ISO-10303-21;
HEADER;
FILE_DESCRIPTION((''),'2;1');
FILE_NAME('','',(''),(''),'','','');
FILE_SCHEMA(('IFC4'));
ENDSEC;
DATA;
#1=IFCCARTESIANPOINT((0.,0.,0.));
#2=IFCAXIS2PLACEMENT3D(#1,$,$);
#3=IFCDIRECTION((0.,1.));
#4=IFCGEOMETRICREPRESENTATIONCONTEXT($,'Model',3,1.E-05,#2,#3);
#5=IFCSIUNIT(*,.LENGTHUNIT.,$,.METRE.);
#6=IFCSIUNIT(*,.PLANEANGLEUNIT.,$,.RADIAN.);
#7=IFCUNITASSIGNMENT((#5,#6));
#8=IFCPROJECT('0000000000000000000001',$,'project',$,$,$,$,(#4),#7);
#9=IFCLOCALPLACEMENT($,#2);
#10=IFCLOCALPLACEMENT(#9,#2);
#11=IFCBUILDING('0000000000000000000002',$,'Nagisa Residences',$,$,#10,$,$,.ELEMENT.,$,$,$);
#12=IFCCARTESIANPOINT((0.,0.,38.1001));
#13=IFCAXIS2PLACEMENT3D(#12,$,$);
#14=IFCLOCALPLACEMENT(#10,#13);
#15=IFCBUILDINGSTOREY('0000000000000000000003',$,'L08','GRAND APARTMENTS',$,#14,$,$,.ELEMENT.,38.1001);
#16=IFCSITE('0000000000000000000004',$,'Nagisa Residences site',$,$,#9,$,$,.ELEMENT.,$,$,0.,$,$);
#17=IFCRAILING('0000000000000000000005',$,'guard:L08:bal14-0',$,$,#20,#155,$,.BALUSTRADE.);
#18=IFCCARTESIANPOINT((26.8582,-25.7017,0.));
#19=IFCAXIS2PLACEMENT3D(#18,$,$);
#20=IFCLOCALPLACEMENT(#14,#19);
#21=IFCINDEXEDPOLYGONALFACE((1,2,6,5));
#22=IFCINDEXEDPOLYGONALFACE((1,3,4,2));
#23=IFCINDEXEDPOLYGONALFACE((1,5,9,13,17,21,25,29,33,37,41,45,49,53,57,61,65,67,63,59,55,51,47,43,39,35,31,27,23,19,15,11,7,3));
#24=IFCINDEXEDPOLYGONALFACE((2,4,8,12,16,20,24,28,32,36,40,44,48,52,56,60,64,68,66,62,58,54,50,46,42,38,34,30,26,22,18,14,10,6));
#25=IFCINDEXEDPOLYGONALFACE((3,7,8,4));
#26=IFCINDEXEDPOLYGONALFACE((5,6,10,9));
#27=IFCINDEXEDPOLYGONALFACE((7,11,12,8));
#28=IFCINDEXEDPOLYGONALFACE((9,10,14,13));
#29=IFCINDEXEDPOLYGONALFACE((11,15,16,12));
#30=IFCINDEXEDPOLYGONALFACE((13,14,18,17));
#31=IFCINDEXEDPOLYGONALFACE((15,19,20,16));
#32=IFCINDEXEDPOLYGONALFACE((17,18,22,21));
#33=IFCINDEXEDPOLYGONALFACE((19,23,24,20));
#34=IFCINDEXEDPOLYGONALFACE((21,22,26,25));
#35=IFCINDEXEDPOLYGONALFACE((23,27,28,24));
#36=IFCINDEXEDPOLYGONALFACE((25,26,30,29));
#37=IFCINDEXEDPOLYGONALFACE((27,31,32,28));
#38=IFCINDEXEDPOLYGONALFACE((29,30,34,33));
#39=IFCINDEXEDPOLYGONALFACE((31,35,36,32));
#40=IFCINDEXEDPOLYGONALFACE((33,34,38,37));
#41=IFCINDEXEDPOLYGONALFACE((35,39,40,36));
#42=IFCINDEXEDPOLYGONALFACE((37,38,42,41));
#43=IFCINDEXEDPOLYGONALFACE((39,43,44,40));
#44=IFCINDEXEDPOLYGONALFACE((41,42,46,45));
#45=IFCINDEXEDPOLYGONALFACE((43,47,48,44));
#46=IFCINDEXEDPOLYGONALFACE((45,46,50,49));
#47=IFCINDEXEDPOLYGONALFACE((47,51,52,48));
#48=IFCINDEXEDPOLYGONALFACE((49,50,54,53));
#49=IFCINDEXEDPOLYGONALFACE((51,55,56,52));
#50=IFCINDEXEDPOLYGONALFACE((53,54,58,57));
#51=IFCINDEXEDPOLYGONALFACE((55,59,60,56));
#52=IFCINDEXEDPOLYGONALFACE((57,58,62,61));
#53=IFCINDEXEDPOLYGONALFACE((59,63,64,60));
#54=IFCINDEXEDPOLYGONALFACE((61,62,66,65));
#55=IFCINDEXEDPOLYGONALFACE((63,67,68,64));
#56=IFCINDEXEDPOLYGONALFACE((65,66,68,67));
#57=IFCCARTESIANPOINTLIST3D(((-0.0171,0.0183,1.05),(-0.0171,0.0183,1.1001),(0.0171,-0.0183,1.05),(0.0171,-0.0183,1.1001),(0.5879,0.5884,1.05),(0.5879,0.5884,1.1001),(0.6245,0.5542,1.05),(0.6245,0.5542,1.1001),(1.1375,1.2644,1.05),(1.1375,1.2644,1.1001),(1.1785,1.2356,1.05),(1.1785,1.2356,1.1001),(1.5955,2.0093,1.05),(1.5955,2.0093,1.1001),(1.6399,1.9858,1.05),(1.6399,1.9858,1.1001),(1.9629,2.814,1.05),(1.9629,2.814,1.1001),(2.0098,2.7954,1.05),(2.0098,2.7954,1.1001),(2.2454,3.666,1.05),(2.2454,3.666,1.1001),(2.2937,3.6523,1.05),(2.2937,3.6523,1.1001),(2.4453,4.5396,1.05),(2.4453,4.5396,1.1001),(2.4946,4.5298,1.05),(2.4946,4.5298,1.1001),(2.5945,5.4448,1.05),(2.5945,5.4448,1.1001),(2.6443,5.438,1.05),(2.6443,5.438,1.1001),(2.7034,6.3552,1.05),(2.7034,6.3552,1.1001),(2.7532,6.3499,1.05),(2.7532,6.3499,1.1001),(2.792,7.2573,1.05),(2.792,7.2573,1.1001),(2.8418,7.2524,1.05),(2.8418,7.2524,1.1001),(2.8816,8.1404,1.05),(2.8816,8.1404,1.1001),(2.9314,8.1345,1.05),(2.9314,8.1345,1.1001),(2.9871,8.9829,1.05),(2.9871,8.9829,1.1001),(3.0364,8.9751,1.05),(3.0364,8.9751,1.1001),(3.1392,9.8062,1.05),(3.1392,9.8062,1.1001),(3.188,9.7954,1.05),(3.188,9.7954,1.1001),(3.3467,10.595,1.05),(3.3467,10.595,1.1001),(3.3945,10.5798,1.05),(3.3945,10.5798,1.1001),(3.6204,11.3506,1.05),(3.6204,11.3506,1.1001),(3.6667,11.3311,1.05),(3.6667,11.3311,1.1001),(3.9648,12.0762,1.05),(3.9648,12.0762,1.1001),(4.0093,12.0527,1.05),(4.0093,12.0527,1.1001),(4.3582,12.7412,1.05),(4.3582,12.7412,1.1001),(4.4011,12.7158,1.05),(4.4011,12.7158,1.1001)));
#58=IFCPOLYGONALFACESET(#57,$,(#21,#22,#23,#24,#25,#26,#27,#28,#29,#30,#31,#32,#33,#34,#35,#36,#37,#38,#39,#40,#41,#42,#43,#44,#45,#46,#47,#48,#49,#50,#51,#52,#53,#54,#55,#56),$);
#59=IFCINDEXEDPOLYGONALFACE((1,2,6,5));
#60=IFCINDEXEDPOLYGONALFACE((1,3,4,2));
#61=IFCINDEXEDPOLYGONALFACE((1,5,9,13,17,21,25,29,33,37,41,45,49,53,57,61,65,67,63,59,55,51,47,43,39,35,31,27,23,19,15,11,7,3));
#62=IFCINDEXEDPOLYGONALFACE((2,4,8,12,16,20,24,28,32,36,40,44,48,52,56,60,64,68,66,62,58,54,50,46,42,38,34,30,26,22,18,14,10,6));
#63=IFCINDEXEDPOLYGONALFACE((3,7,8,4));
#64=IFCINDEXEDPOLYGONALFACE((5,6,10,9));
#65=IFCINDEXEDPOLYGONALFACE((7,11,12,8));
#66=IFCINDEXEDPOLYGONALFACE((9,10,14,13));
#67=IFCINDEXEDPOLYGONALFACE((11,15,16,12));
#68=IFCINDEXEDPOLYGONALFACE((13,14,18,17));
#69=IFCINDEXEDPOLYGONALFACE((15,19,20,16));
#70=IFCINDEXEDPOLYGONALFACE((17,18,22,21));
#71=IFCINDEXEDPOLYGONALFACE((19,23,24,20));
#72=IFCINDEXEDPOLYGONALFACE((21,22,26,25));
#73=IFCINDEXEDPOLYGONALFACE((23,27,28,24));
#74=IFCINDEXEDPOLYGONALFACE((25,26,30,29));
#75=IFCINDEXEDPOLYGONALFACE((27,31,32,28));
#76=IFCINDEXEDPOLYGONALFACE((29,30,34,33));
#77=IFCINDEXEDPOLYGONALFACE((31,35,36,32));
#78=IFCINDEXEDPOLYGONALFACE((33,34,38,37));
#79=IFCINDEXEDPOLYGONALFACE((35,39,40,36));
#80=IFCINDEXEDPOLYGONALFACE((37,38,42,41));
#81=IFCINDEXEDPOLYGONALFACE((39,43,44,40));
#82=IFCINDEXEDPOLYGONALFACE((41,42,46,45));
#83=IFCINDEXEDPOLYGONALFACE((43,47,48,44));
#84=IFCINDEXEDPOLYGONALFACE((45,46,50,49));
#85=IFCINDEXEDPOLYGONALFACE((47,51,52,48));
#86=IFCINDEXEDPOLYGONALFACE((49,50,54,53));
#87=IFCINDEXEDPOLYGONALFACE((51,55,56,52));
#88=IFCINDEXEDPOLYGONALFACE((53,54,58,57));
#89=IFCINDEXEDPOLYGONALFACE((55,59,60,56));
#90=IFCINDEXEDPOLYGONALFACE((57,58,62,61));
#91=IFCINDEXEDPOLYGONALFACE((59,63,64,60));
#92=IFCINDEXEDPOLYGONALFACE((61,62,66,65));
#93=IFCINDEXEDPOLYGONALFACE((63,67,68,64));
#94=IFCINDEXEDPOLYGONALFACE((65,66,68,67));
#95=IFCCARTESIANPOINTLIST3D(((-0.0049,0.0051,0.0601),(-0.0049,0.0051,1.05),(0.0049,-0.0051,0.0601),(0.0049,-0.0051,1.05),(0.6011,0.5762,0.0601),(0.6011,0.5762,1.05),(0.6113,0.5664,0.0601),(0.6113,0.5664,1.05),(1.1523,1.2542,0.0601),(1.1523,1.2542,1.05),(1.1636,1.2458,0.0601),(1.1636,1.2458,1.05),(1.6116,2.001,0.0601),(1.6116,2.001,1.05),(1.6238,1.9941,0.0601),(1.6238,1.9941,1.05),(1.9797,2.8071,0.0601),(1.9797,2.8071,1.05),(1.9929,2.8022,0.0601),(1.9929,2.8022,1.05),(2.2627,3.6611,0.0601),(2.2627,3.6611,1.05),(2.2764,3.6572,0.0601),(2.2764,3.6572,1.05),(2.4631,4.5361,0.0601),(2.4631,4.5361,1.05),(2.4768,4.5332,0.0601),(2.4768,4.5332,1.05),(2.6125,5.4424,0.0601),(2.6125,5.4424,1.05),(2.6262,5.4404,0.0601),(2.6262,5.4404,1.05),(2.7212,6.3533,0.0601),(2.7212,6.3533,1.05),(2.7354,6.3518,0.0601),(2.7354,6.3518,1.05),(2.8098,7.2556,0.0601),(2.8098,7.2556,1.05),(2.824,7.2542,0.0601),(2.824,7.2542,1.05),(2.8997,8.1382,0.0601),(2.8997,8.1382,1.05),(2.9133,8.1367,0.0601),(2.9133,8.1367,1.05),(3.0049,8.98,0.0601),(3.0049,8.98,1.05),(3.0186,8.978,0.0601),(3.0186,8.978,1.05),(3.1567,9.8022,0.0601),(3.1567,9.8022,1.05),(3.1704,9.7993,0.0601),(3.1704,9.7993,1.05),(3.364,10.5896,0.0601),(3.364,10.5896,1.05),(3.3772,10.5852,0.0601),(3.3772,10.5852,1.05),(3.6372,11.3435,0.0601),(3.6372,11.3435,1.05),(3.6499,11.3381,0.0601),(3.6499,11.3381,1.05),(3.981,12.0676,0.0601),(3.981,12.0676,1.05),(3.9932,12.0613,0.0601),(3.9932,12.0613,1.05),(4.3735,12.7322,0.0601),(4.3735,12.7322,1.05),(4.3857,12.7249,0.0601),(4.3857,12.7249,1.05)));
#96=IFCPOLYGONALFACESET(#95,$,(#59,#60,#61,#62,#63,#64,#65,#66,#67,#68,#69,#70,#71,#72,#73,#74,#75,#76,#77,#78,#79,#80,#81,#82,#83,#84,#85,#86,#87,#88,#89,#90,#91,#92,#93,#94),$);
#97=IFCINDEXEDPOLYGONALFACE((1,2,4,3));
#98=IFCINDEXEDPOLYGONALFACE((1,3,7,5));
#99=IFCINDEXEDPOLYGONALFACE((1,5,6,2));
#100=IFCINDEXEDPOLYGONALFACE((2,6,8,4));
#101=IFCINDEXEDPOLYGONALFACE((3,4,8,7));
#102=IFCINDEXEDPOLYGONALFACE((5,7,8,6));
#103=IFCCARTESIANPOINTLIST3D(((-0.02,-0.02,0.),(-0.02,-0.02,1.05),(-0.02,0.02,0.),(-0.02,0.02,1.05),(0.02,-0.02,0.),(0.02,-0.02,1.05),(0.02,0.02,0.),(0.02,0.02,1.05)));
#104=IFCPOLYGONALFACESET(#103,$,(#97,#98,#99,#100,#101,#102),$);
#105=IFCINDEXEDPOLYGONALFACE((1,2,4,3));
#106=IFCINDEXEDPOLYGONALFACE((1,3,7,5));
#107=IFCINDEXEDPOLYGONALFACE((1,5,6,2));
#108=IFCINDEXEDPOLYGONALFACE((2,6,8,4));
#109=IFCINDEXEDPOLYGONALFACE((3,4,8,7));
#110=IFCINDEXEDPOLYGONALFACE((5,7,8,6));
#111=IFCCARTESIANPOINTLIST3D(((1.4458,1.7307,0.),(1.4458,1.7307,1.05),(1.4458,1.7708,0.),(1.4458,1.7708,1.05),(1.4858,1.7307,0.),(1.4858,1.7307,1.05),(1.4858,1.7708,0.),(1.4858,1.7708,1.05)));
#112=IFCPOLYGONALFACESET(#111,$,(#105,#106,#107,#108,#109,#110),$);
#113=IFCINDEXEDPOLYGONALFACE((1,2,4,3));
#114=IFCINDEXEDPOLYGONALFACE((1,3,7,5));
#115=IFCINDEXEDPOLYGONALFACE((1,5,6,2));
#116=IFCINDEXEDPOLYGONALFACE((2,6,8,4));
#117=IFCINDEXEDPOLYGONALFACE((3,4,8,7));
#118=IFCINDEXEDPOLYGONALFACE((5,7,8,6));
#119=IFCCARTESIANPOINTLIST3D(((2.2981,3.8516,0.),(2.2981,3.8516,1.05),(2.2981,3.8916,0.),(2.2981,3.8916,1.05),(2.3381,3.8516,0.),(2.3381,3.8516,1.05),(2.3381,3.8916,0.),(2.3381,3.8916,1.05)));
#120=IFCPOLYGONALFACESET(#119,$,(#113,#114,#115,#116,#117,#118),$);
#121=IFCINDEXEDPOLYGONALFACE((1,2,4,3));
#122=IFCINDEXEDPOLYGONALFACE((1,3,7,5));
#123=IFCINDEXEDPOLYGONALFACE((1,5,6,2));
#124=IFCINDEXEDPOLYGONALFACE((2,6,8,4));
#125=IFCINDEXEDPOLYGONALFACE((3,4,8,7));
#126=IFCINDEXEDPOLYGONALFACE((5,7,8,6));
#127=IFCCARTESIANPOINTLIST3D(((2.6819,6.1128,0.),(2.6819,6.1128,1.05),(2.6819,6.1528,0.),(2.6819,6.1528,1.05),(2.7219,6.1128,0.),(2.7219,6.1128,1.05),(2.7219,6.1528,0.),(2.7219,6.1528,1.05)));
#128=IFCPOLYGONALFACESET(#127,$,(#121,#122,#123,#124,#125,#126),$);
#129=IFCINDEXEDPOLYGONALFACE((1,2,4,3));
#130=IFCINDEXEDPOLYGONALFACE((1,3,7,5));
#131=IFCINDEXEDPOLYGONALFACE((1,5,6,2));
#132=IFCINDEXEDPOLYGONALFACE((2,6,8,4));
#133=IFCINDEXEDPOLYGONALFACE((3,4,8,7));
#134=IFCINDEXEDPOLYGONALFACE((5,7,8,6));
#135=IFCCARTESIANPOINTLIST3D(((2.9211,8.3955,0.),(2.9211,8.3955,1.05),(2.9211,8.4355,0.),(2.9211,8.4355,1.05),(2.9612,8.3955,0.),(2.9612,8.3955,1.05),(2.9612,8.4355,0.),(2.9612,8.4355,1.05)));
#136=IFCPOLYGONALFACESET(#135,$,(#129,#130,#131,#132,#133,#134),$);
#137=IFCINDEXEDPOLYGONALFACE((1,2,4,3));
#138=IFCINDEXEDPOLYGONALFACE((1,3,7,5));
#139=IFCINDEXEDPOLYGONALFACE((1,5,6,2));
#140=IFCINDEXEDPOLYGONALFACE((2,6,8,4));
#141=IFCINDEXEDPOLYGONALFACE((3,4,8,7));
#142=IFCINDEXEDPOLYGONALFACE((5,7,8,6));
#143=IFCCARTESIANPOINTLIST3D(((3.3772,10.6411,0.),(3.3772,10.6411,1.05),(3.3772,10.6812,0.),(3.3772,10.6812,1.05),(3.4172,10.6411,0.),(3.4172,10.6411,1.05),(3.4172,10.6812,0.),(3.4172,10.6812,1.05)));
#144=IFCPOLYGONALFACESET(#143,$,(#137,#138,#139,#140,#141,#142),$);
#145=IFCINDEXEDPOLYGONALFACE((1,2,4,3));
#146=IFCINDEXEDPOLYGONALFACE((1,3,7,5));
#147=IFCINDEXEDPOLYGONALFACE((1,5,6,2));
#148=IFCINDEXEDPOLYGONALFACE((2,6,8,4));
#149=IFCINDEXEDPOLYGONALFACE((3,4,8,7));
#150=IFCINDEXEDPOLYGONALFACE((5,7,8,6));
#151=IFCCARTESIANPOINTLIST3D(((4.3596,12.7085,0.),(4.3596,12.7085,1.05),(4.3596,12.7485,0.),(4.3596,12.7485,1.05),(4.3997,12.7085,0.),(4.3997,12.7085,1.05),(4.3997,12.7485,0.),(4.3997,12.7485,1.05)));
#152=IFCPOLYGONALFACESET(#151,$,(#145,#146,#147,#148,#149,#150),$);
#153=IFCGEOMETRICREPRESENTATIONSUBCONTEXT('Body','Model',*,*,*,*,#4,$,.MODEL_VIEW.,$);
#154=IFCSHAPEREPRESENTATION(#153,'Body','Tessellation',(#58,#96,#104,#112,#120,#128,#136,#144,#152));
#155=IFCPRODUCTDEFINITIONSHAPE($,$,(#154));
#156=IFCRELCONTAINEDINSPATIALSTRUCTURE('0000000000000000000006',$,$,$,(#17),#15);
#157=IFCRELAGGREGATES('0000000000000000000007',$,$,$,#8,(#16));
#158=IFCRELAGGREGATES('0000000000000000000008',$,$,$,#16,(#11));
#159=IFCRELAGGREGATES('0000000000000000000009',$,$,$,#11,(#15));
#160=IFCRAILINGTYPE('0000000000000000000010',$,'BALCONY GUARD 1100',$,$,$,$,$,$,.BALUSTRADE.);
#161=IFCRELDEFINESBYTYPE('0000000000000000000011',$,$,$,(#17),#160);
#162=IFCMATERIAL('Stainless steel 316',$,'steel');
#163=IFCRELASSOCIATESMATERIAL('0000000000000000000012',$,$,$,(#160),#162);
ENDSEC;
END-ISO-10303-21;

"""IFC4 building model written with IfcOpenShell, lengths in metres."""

from ifc_helpers import new_model, si_unit, direction, frame, origin, origin_2d, place, context, subcontext, project, spatial, polyline, rectangle, outline, extrude, material, type_object, element, save


model = new_model("IFC4")

# Units and contexts
model_context = context("Model", 3, precision=1e-05, world=origin(), true_north=direction((0.0, 1.0)))
body_context = subcontext(model_context, "Body", "Model", "MODEL_VIEW")
ifc_project = project(units=[si_unit("LENGTHUNIT", "METRE"), si_unit("PLANEANGLEUNIT", "RADIAN")], contexts=[model_context])

# Site, building, storey
site_placement = place(None, origin())
site = spatial("IfcSite", under=ifc_project, at=site_placement, Name="Nagisa Residences site", CompositionType="ELEMENT", RefElevation=0.0)
building_placement = place(site_placement, origin())
building = spatial("IfcBuilding", under=site, at=building_placement, Name="Nagisa Residences", CompositionType="ELEMENT")
storey_placement = place(building_placement, frame((0.0, 0.0, 38.1001)))
storey = spatial("IfcBuildingStorey", under=building, at=storey_placement, Name="L08", Description="GRAND APARTMENTS", CompositionType="ELEMENT", Elevation=38.1001)

# Railing
ifc_material_1 = material(Name="Stainless steel 316", Category="steel")
railing_type = type_object("IfcRailingType", Name="BALCONY GUARD 1100", PredefinedType="BALUSTRADE", material=ifc_material_1)
railing_1_placement = place(storey_placement, frame((26.8582, -25.7017, 0.0)))
element("IfcRailing", 1, at=railing_1_placement, inside=storey, type_object=railing_type, Name="guard:L08:bal14-0", PredefinedType="BALUSTRADE", context=body_context, shape_type="SweptSolid", body=[
    extrude(outline(polyline([(0.5879, 0.5884), (-0.0171, 0.0183), (0.0171, -0.0183), (0.6245, 0.5542), (1.1785, 1.2356), (1.6399, 1.9858), (2.0098, 2.7954), (2.2937, 3.6523), (2.4946, 4.5298), (2.6443, 5.438), (2.7532, 6.3499), (2.8418, 7.2524), (2.9314, 8.1345), (3.0364, 8.9751), (3.188, 9.7954), (3.3945, 10.5798), (3.6667, 11.3311), (4.0093, 12.0527), (4.4011, 12.7158), (4.3582, 12.7412), (3.9648, 12.0762), (3.6204, 11.3506), (3.3467, 10.595), (3.1392, 9.8062), (2.9871, 8.9829), (2.8816, 8.1404), (2.792, 7.2573), (2.7034, 6.3552), (2.5945, 5.4448), (2.4453, 4.5396), (2.2454, 3.666), (1.9629, 2.814), (1.5955, 2.0093), (1.1375, 1.2644), (0.5879, 0.5884)])), frame((0.0, 0.0, 1.05)), (0.0, 0.0, 1.0), 0.05),
    extrude(outline(polyline([(0.6011, 0.5762), (-0.0049, 0.0051), (0.0049, -0.0051), (0.6113, 0.5664), (1.1636, 1.2458), (1.6238, 1.9941), (1.9929, 2.8022), (2.2764, 3.6572), (2.4768, 4.5332), (2.6262, 5.4404), (2.7354, 6.3518), (2.824, 7.2542), (2.9133, 8.1367), (3.0186, 8.978), (3.1704, 9.7993), (3.3772, 10.5852), (3.6499, 11.3381), (3.9932, 12.0613), (4.3857, 12.7249), (4.3735, 12.7322), (3.981, 12.0676), (3.6372, 11.3435), (3.364, 10.5896), (3.1567, 9.8022), (3.0049, 8.98), (2.8997, 8.1382), (2.8098, 7.2556), (2.7212, 6.3533), (2.6125, 5.4424), (2.4631, 4.5361), (2.2627, 3.6611), (1.9797, 2.8071), (1.6116, 2.001), (1.1523, 1.2542), (0.6011, 0.5762)])), frame((0.0, 0.0, 0.0601)), (0.0, 0.0, 1.0), 0.99),
    extrude(rectangle(XDim=0.04, YDim=0.04, at=origin_2d()), origin(), (0.0, 0.0, 1.0), 1.05),
    extrude(rectangle(XDim=0.04, YDim=0.04, at=origin_2d()), frame((1.4658, 1.7507, 0.0)), (0.0, 0.0, 1.0), 1.05),
    extrude(rectangle(XDim=0.04, YDim=0.04, at=origin_2d()), frame((2.3181, 3.8716, 0.0)), (0.0, 0.0, 1.0), 1.05),
    extrude(rectangle(XDim=0.04, YDim=0.04, at=origin_2d()), frame((2.7019, 6.1328, 0.0)), (0.0, 0.0, 1.0), 1.05),
    extrude(rectangle(XDim=0.04, YDim=0.04, at=origin_2d()), frame((2.9412, 8.4155, 0.0)), (0.0, 0.0, 1.0), 1.05),
    extrude(rectangle(XDim=0.04, YDim=0.04, at=origin_2d()), frame((3.3972, 10.6611, 0.0)), (0.0, 0.0, 1.0), 1.05),
    extrude(rectangle(XDim=0.04, YDim=0.04, at=origin_2d()), frame((4.3796, 12.7285, 0.0)), (0.0, 0.0, 1.0), 1.05),
])

save(model, "model.ifc")
